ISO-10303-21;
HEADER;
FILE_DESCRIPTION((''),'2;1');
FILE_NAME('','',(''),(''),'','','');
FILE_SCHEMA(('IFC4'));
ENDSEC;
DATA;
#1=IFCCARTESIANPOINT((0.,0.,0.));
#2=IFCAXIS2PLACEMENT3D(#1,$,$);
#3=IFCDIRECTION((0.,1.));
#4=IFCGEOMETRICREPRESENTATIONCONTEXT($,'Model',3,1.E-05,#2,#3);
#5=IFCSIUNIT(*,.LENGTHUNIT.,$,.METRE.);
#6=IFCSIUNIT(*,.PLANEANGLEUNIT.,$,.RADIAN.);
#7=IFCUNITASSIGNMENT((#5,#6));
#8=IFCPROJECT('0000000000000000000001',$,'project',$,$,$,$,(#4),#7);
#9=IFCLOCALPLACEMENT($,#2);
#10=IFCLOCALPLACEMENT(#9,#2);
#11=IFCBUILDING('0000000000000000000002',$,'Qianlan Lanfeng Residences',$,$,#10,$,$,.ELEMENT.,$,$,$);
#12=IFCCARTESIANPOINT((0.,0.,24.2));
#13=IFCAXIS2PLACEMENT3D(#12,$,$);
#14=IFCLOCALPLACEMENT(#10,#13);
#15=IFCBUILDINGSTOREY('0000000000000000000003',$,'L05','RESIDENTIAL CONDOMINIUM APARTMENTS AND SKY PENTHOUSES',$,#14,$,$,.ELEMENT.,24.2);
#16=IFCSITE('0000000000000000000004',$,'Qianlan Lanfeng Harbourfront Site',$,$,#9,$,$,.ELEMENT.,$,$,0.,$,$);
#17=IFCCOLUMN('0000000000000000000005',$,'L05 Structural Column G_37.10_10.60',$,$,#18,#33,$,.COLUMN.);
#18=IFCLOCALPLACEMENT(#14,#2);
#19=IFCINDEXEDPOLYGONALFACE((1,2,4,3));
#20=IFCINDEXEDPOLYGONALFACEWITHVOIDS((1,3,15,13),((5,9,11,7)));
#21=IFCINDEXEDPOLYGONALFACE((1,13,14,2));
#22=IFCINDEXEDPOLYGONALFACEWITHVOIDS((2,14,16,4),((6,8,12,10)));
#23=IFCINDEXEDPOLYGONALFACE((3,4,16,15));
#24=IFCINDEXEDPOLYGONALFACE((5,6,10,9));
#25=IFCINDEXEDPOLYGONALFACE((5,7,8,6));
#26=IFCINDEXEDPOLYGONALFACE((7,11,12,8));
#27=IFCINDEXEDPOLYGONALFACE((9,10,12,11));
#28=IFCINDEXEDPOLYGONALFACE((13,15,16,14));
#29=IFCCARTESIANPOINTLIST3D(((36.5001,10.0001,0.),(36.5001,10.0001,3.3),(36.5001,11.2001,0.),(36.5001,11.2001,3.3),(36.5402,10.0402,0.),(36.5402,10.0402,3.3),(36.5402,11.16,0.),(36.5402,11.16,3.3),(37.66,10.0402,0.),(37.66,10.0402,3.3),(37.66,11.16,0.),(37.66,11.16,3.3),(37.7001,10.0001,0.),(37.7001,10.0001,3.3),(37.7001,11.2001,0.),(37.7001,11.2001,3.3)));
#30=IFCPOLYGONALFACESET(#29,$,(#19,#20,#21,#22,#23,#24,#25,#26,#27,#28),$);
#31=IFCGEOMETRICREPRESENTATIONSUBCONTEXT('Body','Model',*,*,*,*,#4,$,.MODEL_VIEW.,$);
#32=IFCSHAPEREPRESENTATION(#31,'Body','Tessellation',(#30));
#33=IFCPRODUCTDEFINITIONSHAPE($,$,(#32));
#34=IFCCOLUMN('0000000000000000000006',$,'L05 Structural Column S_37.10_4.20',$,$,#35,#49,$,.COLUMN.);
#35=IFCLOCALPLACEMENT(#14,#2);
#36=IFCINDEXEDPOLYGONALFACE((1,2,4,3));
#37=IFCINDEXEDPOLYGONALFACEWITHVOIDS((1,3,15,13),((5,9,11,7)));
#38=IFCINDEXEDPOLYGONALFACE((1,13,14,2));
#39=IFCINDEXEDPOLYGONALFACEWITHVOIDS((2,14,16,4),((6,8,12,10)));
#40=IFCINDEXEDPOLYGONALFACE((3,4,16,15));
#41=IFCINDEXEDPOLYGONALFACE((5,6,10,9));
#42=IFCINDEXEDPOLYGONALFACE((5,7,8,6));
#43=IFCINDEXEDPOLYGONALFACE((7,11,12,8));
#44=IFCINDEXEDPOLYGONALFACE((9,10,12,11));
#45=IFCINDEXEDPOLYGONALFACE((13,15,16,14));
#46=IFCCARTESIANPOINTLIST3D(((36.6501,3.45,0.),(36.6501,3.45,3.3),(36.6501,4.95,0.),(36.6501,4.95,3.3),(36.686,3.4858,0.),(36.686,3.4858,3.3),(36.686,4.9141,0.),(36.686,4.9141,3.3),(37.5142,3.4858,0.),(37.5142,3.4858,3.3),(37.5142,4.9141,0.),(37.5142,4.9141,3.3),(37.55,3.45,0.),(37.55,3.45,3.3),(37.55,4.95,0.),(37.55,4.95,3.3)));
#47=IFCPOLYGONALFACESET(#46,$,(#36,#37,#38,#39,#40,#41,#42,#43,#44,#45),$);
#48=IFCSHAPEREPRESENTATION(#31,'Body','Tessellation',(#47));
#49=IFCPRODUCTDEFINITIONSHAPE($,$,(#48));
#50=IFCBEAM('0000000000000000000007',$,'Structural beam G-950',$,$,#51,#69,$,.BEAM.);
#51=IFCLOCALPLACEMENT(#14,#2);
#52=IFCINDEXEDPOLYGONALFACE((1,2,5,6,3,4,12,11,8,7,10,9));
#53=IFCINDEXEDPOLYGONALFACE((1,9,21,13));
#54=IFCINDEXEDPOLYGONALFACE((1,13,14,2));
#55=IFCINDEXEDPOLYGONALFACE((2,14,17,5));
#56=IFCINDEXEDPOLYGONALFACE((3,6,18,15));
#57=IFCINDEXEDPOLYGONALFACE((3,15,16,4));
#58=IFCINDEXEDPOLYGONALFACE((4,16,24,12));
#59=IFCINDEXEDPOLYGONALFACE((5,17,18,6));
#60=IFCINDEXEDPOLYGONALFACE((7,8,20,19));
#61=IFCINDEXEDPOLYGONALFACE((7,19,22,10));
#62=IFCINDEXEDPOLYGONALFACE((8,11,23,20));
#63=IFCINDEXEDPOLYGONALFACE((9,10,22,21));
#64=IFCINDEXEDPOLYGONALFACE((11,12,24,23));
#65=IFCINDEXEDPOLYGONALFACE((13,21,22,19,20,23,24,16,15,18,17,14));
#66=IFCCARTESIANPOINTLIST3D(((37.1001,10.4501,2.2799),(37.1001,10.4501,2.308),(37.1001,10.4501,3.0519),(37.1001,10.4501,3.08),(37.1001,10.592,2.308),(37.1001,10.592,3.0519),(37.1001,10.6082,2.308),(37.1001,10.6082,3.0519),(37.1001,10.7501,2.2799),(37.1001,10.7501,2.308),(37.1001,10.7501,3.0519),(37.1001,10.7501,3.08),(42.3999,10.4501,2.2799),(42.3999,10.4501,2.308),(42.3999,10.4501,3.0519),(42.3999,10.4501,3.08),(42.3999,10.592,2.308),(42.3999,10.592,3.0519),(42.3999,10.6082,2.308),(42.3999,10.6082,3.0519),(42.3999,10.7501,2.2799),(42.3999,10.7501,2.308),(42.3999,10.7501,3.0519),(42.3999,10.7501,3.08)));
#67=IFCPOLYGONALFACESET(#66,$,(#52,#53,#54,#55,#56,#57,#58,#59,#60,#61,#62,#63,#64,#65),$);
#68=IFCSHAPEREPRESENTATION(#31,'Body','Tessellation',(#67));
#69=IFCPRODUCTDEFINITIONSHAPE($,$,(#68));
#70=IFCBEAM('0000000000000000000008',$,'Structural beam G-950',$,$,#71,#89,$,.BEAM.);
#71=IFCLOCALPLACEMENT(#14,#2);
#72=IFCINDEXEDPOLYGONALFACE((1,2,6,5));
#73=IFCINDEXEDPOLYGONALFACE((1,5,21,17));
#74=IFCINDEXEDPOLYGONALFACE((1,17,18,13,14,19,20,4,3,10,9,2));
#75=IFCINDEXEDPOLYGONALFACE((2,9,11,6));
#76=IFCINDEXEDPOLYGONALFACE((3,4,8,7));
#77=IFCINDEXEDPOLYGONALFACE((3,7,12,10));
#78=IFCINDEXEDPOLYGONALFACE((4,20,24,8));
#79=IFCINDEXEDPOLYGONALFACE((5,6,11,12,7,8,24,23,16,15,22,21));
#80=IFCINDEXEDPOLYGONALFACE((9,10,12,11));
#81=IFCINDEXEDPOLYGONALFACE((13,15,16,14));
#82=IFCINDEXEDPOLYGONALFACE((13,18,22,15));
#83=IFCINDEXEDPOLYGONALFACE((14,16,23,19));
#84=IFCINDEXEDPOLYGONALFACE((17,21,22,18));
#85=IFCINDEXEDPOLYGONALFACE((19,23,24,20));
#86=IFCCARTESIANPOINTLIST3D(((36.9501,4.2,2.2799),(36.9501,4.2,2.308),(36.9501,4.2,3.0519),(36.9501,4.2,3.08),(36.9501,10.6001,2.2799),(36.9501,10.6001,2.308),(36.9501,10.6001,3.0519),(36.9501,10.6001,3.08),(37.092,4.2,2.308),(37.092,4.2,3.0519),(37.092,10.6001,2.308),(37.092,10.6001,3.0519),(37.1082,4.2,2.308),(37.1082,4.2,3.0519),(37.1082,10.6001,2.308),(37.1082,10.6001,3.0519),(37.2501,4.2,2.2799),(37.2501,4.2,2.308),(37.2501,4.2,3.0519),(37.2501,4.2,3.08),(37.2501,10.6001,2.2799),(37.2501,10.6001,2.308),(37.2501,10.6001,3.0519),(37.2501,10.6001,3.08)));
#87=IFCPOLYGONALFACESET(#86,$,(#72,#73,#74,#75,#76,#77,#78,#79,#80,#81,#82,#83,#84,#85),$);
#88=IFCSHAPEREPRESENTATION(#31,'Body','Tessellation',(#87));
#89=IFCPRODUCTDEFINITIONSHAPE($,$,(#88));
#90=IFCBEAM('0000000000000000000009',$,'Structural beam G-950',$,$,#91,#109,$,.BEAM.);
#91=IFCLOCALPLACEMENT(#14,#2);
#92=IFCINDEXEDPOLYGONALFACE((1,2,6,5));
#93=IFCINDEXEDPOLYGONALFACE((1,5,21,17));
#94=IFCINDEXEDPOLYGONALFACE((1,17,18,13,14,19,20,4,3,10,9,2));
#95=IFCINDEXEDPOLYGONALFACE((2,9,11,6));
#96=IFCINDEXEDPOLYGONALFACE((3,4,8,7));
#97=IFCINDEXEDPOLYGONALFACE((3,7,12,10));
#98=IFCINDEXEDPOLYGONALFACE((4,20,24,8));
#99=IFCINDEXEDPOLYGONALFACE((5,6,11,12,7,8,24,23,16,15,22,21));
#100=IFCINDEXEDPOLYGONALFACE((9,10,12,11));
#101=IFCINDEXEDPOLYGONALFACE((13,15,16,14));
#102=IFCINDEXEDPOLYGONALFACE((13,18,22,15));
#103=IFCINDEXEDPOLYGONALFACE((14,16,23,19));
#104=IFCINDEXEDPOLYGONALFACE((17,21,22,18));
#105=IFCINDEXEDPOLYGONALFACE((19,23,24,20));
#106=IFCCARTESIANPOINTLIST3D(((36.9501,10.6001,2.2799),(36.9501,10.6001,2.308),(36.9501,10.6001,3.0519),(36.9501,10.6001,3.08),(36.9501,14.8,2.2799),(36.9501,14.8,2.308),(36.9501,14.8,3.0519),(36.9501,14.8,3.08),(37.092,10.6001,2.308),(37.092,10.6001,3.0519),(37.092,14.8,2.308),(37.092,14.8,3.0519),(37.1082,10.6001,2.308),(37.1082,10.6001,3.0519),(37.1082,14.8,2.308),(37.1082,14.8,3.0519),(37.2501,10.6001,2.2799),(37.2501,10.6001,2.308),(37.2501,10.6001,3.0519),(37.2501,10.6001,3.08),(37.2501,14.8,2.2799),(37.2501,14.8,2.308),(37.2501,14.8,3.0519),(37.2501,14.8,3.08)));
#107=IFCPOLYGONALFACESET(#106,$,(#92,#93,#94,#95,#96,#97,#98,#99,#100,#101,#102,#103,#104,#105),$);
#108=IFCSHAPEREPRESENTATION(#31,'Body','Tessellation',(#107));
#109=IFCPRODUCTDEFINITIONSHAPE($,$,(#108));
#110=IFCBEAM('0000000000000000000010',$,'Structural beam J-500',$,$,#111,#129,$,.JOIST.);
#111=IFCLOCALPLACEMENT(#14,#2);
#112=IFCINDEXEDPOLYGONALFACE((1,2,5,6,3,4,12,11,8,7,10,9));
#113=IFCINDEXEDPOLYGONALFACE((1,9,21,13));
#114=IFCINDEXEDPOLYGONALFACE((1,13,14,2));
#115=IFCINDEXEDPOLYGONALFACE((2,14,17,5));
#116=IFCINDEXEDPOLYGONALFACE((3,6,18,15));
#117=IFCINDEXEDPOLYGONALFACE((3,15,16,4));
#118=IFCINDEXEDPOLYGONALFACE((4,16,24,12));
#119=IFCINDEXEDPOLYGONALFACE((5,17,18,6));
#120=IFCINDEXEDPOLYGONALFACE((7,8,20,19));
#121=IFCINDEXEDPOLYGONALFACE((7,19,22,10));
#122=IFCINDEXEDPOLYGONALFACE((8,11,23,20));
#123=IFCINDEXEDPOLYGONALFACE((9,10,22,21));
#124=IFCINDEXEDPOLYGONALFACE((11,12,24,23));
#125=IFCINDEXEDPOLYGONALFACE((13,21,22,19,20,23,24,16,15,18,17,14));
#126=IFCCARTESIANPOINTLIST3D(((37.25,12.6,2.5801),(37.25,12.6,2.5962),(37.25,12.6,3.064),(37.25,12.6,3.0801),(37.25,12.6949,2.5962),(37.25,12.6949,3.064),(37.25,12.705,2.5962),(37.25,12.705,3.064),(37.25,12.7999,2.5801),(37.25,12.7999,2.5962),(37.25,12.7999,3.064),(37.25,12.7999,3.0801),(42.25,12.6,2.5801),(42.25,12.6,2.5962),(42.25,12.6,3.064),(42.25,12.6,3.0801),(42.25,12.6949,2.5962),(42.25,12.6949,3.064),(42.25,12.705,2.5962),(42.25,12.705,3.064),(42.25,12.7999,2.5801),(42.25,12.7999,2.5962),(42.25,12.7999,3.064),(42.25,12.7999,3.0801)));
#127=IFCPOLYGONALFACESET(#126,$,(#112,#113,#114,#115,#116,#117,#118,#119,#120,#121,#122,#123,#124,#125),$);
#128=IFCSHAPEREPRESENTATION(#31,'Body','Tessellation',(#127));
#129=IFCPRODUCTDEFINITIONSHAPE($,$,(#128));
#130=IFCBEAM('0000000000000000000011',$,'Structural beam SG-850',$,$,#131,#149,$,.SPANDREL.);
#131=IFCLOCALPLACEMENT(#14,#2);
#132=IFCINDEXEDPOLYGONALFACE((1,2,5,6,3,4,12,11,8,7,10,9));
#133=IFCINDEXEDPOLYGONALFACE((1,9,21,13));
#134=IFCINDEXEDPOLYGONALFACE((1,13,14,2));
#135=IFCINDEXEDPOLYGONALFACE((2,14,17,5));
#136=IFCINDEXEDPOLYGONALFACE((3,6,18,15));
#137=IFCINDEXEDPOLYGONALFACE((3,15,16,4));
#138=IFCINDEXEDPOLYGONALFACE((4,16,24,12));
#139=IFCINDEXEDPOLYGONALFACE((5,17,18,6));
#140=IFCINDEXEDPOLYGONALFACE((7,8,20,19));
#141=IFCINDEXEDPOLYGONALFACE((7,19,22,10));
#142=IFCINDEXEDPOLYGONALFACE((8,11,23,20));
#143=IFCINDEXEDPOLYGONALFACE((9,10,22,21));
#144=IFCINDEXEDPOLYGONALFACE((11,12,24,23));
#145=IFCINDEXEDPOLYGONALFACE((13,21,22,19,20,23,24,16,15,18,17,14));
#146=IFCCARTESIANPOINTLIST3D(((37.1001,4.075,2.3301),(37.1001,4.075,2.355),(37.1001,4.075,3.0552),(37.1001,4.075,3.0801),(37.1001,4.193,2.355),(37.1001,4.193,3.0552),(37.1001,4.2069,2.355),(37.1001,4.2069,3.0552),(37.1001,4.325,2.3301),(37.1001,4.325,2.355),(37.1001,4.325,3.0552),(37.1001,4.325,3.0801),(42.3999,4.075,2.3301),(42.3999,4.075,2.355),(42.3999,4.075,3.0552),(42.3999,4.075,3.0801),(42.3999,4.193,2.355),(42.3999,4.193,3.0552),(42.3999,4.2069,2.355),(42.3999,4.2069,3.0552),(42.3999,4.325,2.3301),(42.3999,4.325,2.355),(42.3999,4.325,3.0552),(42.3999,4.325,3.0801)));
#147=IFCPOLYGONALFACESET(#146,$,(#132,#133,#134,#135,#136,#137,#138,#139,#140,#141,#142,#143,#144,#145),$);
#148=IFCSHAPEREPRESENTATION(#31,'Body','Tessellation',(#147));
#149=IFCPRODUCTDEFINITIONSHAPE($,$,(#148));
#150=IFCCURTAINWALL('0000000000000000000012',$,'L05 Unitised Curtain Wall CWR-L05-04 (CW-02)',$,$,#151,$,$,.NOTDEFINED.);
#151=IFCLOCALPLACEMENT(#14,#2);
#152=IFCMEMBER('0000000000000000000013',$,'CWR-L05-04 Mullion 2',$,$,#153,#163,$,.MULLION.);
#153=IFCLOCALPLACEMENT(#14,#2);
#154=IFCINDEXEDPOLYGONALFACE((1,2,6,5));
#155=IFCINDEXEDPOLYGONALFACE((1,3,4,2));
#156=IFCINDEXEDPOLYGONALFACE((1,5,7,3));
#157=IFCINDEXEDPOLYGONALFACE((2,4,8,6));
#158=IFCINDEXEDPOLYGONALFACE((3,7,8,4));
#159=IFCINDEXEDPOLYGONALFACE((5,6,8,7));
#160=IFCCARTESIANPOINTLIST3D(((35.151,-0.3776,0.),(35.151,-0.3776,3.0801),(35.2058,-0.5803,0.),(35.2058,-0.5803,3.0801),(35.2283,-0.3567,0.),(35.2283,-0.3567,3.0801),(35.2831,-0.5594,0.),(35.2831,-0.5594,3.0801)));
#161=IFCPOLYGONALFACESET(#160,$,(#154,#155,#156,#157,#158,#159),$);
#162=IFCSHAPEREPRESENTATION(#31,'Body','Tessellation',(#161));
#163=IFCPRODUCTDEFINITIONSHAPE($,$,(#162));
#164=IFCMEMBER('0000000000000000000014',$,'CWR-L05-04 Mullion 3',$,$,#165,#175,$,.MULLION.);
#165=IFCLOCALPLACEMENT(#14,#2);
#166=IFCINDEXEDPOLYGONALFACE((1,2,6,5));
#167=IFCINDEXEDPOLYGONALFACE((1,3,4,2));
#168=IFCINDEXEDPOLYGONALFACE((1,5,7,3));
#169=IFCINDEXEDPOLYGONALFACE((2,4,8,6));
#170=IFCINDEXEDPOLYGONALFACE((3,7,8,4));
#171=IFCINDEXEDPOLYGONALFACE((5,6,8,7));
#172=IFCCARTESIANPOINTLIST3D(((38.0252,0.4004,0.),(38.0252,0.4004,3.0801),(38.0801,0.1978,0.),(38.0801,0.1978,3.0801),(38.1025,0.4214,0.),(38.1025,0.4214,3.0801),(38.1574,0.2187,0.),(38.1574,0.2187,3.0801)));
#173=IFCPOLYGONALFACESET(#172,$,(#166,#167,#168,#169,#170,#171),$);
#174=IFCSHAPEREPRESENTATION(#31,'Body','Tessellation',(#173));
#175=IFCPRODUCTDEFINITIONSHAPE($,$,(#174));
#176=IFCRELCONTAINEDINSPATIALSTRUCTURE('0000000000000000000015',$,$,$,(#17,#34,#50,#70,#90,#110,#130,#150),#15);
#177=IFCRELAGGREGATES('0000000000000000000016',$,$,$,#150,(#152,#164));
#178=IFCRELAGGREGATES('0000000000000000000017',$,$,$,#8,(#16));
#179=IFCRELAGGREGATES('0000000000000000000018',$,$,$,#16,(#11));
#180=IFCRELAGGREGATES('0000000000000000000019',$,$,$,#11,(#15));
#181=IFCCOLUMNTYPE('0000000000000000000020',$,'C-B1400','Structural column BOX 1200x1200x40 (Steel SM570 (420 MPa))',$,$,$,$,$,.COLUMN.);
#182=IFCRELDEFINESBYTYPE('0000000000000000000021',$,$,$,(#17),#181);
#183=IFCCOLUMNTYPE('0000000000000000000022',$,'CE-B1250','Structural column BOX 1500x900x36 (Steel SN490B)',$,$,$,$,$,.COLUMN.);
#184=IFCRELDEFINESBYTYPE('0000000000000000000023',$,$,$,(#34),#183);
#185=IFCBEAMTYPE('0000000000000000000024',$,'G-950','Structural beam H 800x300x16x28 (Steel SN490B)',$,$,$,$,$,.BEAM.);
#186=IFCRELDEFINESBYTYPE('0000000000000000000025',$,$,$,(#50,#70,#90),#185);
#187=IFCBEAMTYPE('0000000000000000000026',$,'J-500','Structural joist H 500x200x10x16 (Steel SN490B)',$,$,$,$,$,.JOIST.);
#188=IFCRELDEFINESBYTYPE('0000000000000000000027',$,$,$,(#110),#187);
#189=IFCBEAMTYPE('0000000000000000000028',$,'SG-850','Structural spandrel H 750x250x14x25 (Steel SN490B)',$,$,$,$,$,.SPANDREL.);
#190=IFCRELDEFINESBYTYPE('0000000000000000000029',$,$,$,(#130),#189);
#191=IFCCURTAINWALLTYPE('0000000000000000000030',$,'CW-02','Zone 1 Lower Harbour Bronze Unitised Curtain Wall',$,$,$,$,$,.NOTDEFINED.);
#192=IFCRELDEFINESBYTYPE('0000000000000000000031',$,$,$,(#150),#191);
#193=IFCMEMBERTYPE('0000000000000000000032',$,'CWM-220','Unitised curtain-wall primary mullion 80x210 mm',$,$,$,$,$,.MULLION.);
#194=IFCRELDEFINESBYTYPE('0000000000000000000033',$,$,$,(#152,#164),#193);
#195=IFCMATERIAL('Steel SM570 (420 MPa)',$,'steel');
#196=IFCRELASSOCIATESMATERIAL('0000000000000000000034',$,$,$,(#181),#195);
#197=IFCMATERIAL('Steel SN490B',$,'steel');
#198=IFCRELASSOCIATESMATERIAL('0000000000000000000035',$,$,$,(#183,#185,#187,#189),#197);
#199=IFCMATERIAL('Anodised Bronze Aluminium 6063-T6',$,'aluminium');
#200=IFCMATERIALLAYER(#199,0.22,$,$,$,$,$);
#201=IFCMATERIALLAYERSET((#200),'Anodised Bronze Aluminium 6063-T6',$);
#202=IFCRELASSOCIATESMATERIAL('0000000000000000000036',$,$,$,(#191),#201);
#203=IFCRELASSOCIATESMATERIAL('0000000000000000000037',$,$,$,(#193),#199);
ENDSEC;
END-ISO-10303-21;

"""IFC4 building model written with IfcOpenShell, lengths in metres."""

from ifc_helpers import new_model, si_unit, direction, frame, origin, origin_2d, place, context, subcontext, project, spatial, rectangle, hollow_rectangle, i_section, extrude, source, transform, mapped, material, layer, layer_set, material_profile, profile_set, type_object, element, aggregate, save


model = new_model("IFC4")

# Units and contexts
model_context = context("Model", 3, precision=1e-05, world=origin(), true_north=direction((0.0, 1.0)))
body_context = subcontext(model_context, "Body", "Model", "MODEL_VIEW")
ifc_project = project(units=[si_unit("LENGTHUNIT", "METRE"), si_unit("PLANEANGLEUNIT", "RADIAN")], contexts=[model_context])

# Site, building, storey
site_placement = place(None, origin())
site = spatial("IfcSite", under=ifc_project, at=site_placement, Name="Qianlan Lanfeng Harbourfront Site", CompositionType="ELEMENT", RefElevation=0.0)
building_placement = place(site_placement, origin())
building = spatial("IfcBuilding", under=site, at=building_placement, Name="Qianlan Lanfeng Residences", CompositionType="ELEMENT")
storey_placement = place(building_placement, frame((0.0, 0.0, 24.2)))
storey = spatial("IfcBuildingStorey", under=building, at=storey_placement, Name="L05", Description="RESIDENTIAL CONDOMINIUM APARTMENTS AND SKY PENTHOUSES", CompositionType="ELEMENT", Elevation=24.2)

# Columns
ifc_material_1 = material(Name="Steel SM570 (420 MPa)", Category="steel")
ifc_material_profile_1 = material_profile(ifc_material_1, hollow_rectangle(XDim=1.2, YDim=1.2, WallThickness=0.04, at=origin_2d()), Name="BOX 1200x1200x40")
ifc_profile_set_1 = profile_set([ifc_material_profile_1], Name="Steel SM570 (420 MPa)")
column_type_1 = type_object("IfcColumnType", Name="C-B1400", Description="Structural column BOX 1200x1200x40 (Steel SM570 (420 MPa))", PredefinedType="COLUMN", material=ifc_profile_set_1)
column_1_placement = place(storey_placement, frame((37.1001, 10.6001, 0.0), z_axis=(0.0, 0.0, 1.0), x_axis=(1.0, 0.0, 0.0)))
element("IfcColumn", 1, at=column_1_placement, inside=storey, type_object=column_type_1, Name="L05 Structural Column G_37.10_10.60", PredefinedType="COLUMN", context=body_context, shape_type="SweptSolid", body=[
    extrude(hollow_rectangle(XDim=1.2, YDim=1.2, WallThickness=0.04, at=origin_2d()), origin(), (0.0, 0.0, 1.0), 3.3),
])
ifc_material_2 = material(Name="Steel SN490B", Category="steel")
ifc_material_profile_2 = material_profile(ifc_material_2, hollow_rectangle(XDim=0.8999, YDim=1.5, WallThickness=0.0359, at=origin_2d()), Name="BOX 1500x900x36")
ifc_profile_set_2 = profile_set([ifc_material_profile_2], Name="Steel SN490B")
column_type_2 = type_object("IfcColumnType", Name="CE-B1250", Description="Structural column BOX 1500x900x36 (Steel SN490B)", PredefinedType="COLUMN", material=ifc_profile_set_2)
column_2_placement = place(storey_placement, frame((37.1001, 4.2, 0.0), z_axis=(0.0, 0.0, 1.0), x_axis=(1.0, 0.0, 0.0)))
element("IfcColumn", 2, at=column_2_placement, inside=storey, type_object=column_type_2, Name="L05 Structural Column S_37.10_4.20", PredefinedType="COLUMN", context=body_context, shape_type="SweptSolid", body=[
    extrude(hollow_rectangle(XDim=0.8999, YDim=1.5, WallThickness=0.0359, at=origin_2d()), origin(), (0.0, 0.0, 1.0), 3.3),
])

# Beams
ifc_material_profile_3 = material_profile(ifc_material_2, i_section(OverallWidth=0.3, OverallDepth=0.8, WebThickness=0.0161, FlangeThickness=0.0281, at=origin_2d()), Name="H 800x300x16x28")
ifc_profile_set_3 = profile_set([ifc_material_profile_3], Name="Steel SN490B")
beam_type_1 = type_object("IfcBeamType", Name="G-950", Description="Structural beam H 800x300x16x28 (Steel SN490B)", PredefinedType="BEAM", material=ifc_profile_set_3)
beam_1_placement = place(storey_placement, frame((37.1001, 10.6001, 2.6799), z_axis=(1.0, 0.0, 0.0), x_axis=(0.0, 1.0, 0.0)))
element("IfcBeam", 3, at=beam_1_placement, inside=storey, type_object=beam_type_1, Name="Structural beam G-950", PredefinedType="BEAM", context=body_context, shape_type="SweptSolid", body=[
    extrude(i_section(OverallWidth=0.3, OverallDepth=0.8, WebThickness=0.0161, FlangeThickness=0.0281, at=origin_2d()), origin(), (0.0, 0.0, 1.0), 5.2998),
])
beam_2_placement = place(storey_placement, frame((37.1001, 4.2, 2.6799), z_axis=(0.0, 1.0, 0.0), x_axis=(-1.0, 0.0, 0.0)))
element("IfcBeam", 4, at=beam_2_placement, inside=storey, type_object=beam_type_1, Name="Structural beam G-950", PredefinedType="BEAM", context=body_context, shape_type="SweptSolid", body=[
    extrude(i_section(OverallWidth=0.3, OverallDepth=0.8, WebThickness=0.0161, FlangeThickness=0.0281, at=origin_2d()), origin(), (0.0, 0.0, 1.0), 6.4001),
])
beam_3_placement = place(storey_placement, frame((37.1001, 10.6001, 2.6799), z_axis=(0.0, 1.0, 0.0), x_axis=(-1.0, 0.0, 0.0)))
element("IfcBeam", 5, at=beam_3_placement, inside=storey, type_object=beam_type_1, Name="Structural beam G-950", PredefinedType="BEAM", context=body_context, shape_type="SweptSolid", body=[
    extrude(i_section(OverallWidth=0.3, OverallDepth=0.8, WebThickness=0.0161, FlangeThickness=0.0281, at=origin_2d()), origin(), (0.0, 0.0, 1.0), 4.2),
])
ifc_material_profile_4 = material_profile(ifc_material_2, i_section(OverallWidth=0.2, OverallDepth=0.5, WebThickness=0.01, FlangeThickness=0.0161, at=origin_2d()), Name="H 500x200x10x16")
ifc_profile_set_4 = profile_set([ifc_material_profile_4], Name="Steel SN490B")
beam_type_2 = type_object("IfcBeamType", Name="J-500", Description="Structural joist H 500x200x10x16 (Steel SN490B)", PredefinedType="JOIST", material=ifc_profile_set_4)
beam_4_placement = place(storey_placement, frame((37.25, 12.7, 2.8301), z_axis=(1.0, 0.0, 0.0), x_axis=(0.0, 1.0, 0.0)))
element("IfcBeam", 6, at=beam_4_placement, inside=storey, type_object=beam_type_2, Name="Structural beam J-500", PredefinedType="JOIST", context=body_context, shape_type="SweptSolid", body=[
    extrude(i_section(OverallWidth=0.2, OverallDepth=0.5, WebThickness=0.01, FlangeThickness=0.0161, at=origin_2d()), origin(), (0.0, 0.0, 1.0), 5.0),
])
ifc_material_profile_5 = material_profile(ifc_material_2, i_section(OverallWidth=0.25, OverallDepth=0.75, WebThickness=0.0139, FlangeThickness=0.0249, at=origin_2d()), Name="H 750x250x14x25")
ifc_profile_set_5 = profile_set([ifc_material_profile_5], Name="Steel SN490B")
beam_type_3 = type_object("IfcBeamType", Name="SG-850", Description="Structural spandrel H 750x250x14x25 (Steel SN490B)", PredefinedType="SPANDREL", material=ifc_profile_set_5)
beam_5_placement = place(storey_placement, frame((37.1001, 4.2, 2.7051), z_axis=(1.0, 0.0, 0.0), x_axis=(0.0, 1.0, 0.0)))
element("IfcBeam", 7, at=beam_5_placement, inside=storey, type_object=beam_type_3, Name="Structural beam SG-850", PredefinedType="SPANDREL", context=body_context, shape_type="SweptSolid", body=[
    extrude(i_section(OverallWidth=0.25, OverallDepth=0.75, WebThickness=0.0139, FlangeThickness=0.0249, at=origin_2d()), origin(), (0.0, 0.0, 1.0), 5.2998),
])

# Curtain wall, members
ifc_material_3 = material(Name="Anodised Bronze Aluminium 6063-T6", Category="aluminium")
ifc_layer_1 = layer(ifc_material_3, 0.22)
ifc_layer_set_1 = layer_set([ifc_layer_1], Name="Anodised Bronze Aluminium 6063-T6")
curtain_wall_type = type_object("IfcCurtainWallType", Name="CW-02", Description="Zone 1 Lower Harbour Bronze Unitised Curtain Wall", PredefinedType="NOTDEFINED", material=ifc_layer_set_1)
curtain_wall_1_placement = place(storey_placement, origin())
curtain_wall_1 = element("IfcCurtainWall", 8, at=curtain_wall_1_placement, inside=storey, type_object=curtain_wall_type, Name="L05 Unitised Curtain Wall CWR-L05-04 (CW-02)", PredefinedType="NOTDEFINED")
ifc_material_profile_6 = material_profile(ifc_material_3, rectangle(XDim=0.0801, YDim=0.21, at=origin_2d()), Name="ALU MULLION 80x210")
ifc_profile_set_6 = profile_set([ifc_material_profile_6], Name="Anodised Bronze Aluminium 6063-T6")
member_type_1 = type_object("IfcMemberType", Name="CWM-220", Description="Unitised curtain-wall primary mullion 80x210 mm", PredefinedType="MULLION", material=ifc_profile_set_6)
shared_shape_1 = source(origin(), body_context, "Body", "SweptSolid", [
    extrude(rectangle(XDim=0.0801, YDim=0.21, at=origin_2d()), origin(), (0.0, 0.0, 1.0), 3.0801),
])
member_1_placement = place(storey_placement, frame((35.217, -0.4685, 0.0), z_axis=(0.0, 0.0, 1.0), x_axis=(0.965263, 0.261281, 0.0)))
member_1 = element("IfcMember", 9, at=member_1_placement, type_object=member_type_1, Name="CWR-L05-04 Mullion 2", PredefinedType="MULLION", context=body_context, shape_type="MappedRepresentation", body=[
    mapped(shared_shape_1, transform((0.0, 0.0, 0.0), scale=1.0)),
])
member_2_placement = place(storey_placement, frame((38.0913, 0.3096, 0.0), z_axis=(0.0, 0.0, 1.0), x_axis=(0.965263, 0.261281, 0.0)))
member_2 = element("IfcMember", 10, at=member_2_placement, type_object=member_type_1, Name="CWR-L05-04 Mullion 3", PredefinedType="MULLION", context=body_context, shape_type="MappedRepresentation", body=[
    mapped(shared_shape_1, transform((0.0, 0.0, 0.0), scale=1.0)),
])

aggregate(curtain_wall_1, [member_1, member_2])

save(model, "model.ifc")
